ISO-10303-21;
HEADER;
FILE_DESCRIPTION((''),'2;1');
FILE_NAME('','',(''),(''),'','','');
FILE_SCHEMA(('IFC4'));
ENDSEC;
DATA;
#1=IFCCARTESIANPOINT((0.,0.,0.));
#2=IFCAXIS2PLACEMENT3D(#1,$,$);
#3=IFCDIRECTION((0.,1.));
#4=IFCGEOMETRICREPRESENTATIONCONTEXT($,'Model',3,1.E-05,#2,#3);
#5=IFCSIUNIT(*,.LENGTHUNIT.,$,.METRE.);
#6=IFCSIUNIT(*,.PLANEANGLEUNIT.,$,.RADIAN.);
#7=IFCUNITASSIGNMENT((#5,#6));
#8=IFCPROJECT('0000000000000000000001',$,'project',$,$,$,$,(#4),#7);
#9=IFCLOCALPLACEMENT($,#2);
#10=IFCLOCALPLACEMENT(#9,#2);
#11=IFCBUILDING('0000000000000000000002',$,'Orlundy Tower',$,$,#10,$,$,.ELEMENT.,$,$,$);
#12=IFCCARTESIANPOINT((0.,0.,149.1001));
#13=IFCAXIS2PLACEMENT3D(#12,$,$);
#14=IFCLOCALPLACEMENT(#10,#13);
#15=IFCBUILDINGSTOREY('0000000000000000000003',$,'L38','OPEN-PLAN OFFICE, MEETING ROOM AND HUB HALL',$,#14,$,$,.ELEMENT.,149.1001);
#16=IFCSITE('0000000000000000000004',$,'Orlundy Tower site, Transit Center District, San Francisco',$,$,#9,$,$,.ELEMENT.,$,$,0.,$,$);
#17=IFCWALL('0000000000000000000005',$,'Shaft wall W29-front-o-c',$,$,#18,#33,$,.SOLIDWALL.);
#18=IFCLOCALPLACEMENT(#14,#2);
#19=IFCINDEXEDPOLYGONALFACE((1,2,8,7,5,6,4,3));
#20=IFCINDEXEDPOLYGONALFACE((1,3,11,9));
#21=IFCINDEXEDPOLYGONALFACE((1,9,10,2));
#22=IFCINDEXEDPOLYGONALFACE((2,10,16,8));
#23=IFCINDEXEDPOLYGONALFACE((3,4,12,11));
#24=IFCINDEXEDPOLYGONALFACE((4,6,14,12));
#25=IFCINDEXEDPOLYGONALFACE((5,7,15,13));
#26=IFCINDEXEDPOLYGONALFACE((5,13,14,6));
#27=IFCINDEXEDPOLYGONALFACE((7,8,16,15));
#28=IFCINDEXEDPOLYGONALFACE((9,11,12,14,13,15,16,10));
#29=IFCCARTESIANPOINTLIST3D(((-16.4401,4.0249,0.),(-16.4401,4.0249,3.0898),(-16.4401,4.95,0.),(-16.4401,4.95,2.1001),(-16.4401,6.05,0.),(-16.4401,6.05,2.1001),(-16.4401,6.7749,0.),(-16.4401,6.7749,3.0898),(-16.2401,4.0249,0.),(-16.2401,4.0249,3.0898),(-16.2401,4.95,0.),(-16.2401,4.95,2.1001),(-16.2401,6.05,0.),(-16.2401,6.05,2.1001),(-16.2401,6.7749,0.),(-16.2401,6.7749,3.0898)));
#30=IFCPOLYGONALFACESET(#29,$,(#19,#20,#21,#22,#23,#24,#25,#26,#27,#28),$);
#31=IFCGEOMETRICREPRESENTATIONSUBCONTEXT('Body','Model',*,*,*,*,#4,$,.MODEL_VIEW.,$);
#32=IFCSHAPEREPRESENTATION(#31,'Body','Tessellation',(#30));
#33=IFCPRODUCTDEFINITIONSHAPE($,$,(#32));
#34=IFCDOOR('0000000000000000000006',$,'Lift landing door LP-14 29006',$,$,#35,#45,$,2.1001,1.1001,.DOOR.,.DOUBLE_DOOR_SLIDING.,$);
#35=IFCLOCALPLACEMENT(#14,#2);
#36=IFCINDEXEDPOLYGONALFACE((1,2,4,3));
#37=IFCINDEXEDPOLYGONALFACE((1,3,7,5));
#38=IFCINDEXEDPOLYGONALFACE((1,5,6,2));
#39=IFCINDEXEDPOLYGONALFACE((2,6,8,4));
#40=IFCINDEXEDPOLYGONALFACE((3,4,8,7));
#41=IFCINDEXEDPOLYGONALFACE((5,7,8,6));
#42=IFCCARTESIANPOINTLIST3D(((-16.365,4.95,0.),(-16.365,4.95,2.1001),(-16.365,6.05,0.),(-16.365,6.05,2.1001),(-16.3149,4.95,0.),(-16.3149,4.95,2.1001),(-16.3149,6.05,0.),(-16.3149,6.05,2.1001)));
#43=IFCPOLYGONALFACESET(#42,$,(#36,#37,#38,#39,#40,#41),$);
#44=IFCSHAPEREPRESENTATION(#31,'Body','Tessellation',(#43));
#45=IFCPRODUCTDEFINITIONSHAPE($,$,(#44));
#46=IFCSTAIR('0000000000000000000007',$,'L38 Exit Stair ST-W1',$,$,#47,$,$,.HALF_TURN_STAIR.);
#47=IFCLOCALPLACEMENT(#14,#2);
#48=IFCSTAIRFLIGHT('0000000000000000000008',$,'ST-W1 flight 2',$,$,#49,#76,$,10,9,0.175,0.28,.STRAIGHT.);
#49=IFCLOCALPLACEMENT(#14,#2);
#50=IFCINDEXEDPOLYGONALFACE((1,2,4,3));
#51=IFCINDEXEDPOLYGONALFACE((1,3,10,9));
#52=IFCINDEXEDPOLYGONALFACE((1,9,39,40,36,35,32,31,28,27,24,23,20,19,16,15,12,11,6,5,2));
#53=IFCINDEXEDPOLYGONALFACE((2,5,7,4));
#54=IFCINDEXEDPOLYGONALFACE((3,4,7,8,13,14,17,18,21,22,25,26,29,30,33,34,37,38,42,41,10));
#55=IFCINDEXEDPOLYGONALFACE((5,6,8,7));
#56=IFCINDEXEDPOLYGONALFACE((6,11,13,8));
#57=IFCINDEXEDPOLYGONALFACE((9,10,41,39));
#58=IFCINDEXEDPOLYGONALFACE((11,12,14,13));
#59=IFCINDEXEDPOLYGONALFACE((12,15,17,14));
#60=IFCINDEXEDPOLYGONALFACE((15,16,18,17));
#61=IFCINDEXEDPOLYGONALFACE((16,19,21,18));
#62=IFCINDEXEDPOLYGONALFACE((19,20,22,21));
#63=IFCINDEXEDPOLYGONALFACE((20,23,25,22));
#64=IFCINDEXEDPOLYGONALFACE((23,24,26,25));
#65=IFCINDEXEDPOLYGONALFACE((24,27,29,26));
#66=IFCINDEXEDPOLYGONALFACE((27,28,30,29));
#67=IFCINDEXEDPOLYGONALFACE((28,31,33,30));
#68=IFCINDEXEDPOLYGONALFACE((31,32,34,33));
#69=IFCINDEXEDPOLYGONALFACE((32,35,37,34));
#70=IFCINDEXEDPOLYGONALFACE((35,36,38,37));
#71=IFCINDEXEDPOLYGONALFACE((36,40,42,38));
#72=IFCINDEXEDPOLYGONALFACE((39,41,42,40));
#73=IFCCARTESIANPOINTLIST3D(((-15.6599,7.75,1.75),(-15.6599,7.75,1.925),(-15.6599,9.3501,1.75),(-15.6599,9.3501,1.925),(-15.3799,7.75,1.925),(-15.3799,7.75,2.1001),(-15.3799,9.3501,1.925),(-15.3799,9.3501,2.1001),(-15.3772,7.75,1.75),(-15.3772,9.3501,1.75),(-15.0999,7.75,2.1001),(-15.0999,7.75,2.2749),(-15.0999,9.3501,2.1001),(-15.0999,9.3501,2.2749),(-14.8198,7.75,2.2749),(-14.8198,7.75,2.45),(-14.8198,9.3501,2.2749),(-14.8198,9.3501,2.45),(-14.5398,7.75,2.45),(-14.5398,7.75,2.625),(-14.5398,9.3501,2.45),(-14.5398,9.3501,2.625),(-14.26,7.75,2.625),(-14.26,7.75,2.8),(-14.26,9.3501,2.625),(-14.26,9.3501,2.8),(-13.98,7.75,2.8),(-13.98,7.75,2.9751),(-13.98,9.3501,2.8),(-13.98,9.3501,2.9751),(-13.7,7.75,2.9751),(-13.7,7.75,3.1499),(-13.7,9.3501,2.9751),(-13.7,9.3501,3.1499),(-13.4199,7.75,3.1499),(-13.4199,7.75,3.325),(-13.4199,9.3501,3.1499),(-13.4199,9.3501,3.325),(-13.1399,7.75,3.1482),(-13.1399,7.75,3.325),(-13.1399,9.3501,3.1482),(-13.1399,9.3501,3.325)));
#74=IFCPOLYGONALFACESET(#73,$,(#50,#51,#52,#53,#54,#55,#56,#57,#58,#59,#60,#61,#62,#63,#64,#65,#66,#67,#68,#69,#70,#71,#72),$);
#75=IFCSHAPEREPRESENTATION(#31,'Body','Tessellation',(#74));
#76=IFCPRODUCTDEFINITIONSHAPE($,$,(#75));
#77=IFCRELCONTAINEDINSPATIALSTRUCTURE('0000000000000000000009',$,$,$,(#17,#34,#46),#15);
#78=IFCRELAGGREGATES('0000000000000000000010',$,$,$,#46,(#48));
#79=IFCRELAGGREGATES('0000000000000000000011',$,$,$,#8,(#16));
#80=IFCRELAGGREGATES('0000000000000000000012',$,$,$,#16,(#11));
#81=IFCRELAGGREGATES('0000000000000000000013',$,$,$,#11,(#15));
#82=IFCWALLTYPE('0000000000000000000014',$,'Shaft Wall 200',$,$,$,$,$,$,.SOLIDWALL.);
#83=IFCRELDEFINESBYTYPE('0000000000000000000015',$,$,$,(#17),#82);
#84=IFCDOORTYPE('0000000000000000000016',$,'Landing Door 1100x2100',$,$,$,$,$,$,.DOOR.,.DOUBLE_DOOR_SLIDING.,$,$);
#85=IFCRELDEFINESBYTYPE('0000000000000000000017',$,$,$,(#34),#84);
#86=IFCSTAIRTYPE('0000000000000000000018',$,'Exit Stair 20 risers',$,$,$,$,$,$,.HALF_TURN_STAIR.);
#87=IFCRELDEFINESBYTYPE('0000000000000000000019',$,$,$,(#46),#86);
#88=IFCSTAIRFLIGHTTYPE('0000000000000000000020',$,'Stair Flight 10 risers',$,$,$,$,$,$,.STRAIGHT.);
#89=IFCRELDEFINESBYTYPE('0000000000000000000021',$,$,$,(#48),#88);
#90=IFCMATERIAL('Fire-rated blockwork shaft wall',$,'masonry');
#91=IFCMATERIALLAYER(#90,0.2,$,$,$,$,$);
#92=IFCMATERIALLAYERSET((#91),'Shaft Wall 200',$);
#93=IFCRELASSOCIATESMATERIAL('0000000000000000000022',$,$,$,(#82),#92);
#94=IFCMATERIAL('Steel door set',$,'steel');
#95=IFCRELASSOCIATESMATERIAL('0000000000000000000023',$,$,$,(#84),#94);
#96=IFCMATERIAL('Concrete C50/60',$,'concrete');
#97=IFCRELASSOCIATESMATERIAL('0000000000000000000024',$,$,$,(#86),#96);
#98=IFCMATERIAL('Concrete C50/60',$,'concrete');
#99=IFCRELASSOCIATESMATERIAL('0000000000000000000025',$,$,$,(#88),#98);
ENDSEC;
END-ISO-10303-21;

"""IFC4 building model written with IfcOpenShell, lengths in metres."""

from ifc_helpers import new_model, si_unit, direction, frame, frame_2d, origin, place, context, subcontext, project, spatial, polyline, rectangle, outline, extrude, material, layer, layer_set, type_object, element, fill, aggregate, save


model = new_model("IFC4")

# Units and contexts
model_context = context("Model", 3, precision=1e-05, world=origin(), true_north=direction((0.0, 1.0)))
body_context = subcontext(model_context, "Body", "Model", "MODEL_VIEW")
ifc_project = project(units=[si_unit("LENGTHUNIT", "METRE"), si_unit("PLANEANGLEUNIT", "RADIAN")], contexts=[model_context])

# Site, building, storey
site_placement = place(None, origin())
site = spatial("IfcSite", under=ifc_project, at=site_placement, Name="Orlundy Tower site, Transit Center District, San Francisco", CompositionType="ELEMENT", RefElevation=0.0)
building_placement = place(site_placement, origin())
building = spatial("IfcBuilding", under=site, at=building_placement, Name="Orlundy Tower", CompositionType="ELEMENT")
storey_placement = place(building_placement, frame((0.0, 0.0, 149.1001)))
storey = spatial("IfcBuildingStorey", under=building, at=storey_placement, Name="L38", Description="OPEN-PLAN OFFICE, MEETING ROOM AND HUB HALL", CompositionType="ELEMENT", Elevation=149.1001)

# Wall, opening, door
ifc_material_1 = material(Name="Fire-rated blockwork shaft wall", Category="masonry")
ifc_layer_1 = layer(ifc_material_1, 0.2)
ifc_layer_set_1 = layer_set([ifc_layer_1], Name="Shaft Wall 200")
wall_type_1 = type_object("IfcWallType", Name="Shaft Wall 200", PredefinedType="SOLIDWALL", material=ifc_layer_set_1)
wall_1_placement = place(storey_placement, frame((-16.3401, 4.0249, 0.0), z_axis=(0.0, 0.0, 1.0), x_axis=(0.0, 1.0, 0.0)))
wall_1 = element("IfcWall", 1, at=wall_1_placement, inside=storey, type_object=wall_type_1, Name="Shaft wall W29-front-o-c", PredefinedType="SOLIDWALL", context=body_context, shape_type="SweptSolid", body=[
    extrude(rectangle(XDim=2.75, YDim=0.2, at=frame_2d((1.375, 0.0))), origin(), (0.0, 0.0, 1.0), 3.0898),
])
opening_1_placement = place(wall_1_placement, frame((0.925, 0.0, 0.0)))
opening_1 = element("IfcOpeningElement", 2, at=opening_1_placement, cuts=wall_1, PredefinedType="OPENING", context=body_context, shape_type="SweptSolid", body=[
    extrude(rectangle(XDim=1.1001, YDim=2.1001, at=frame_2d((0.55, 1.05))), frame((0.0, 0.1101, 0.0), z_axis=(0.0, -1.0, 0.0), x_axis=(1.0, 0.0, 0.0)), (0.0, 0.0, 1.0), 0.2202),
])
ifc_material_2 = material(Name="Steel door set", Category="steel")
door_type_1 = type_object("IfcDoorType", Name="Landing Door 1100x2100", OperationType="DOUBLE_DOOR_SLIDING", PredefinedType="DOOR", material=ifc_material_2)
door_1_placement = place(opening_1_placement, origin())
door_1 = element("IfcDoor", 3, at=door_1_placement, inside=storey, type_object=door_type_1, Name="Lift landing door LP-14 29006", OperationType="DOUBLE_DOOR_SLIDING", OverallHeight=2.1001, OverallWidth=1.1001, PredefinedType="DOOR", context=body_context, shape_type="SweptSolid", body=[
    extrude(rectangle(XDim=1.1001, YDim=2.1001, at=frame_2d((0.55, 1.05))), frame((0.0, 0.0249, 0.0), z_axis=(0.0, -1.0, 0.0), x_axis=(1.0, 0.0, 0.0)), (0.0, 0.0, 1.0), 0.05),
])
fill(opening_1, door_1)

# Stair, stair flight
ifc_material_3 = material(Name="Concrete C50/60", Category="concrete")
stair_type = type_object("IfcStairType", Name="Exit Stair 20 risers", PredefinedType="HALF_TURN_STAIR", material=ifc_material_3)
stair_placement = place(storey_placement, origin())
stair = element("IfcStair", 4, at=stair_placement, inside=storey, type_object=stair_type, Name="L38 Exit Stair ST-W1", PredefinedType="HALF_TURN_STAIR")
ifc_material_4 = material(Name="Concrete C50/60", Category="concrete")
stair_flight_type = type_object("IfcStairFlightType", Name="Stair Flight 10 risers", PredefinedType="STRAIGHT", material=ifc_material_4)
stair_flight_placement = place(storey_placement, frame((-15.6599, 8.55, 1.75), z_axis=(0.0, 0.0, 1.0), x_axis=(1.0, 0.0, 0.0)))
stair_flight = element("IfcStairFlight", 5, at=stair_flight_placement, type_object=stair_flight_type, Name="ST-W1 flight 2", NumberOfRisers=10, NumberOfTreads=9, PredefinedType="STRAIGHT", RiserHeight=0.175, TreadLength=0.28, context=body_context, shape_type="SweptSolid", body=[
    extrude(outline(polyline([(0.0, 0.0), (0.0, 0.175), (0.28, 0.175), (0.28, 0.3501), (0.5601, 0.3501), (0.5601, 0.5249), (0.8401, 0.5249), (0.8401, 0.7), (1.1201, 0.7), (1.1201, 0.875), (1.3999, 0.875), (1.3999, 1.05), (1.6799, 1.05), (1.6799, 1.2251), (1.96, 1.2251), (1.96, 1.3999), (2.24, 1.3999), (2.24, 1.575), (2.52, 1.575), (2.52, 1.75), (2.52, 1.3982), (0.2827, 0.0), (0.0, 0.0)])), frame((0.0, 0.8, 0.0), z_axis=(0.0, -1.0, 0.0), x_axis=(1.0, 0.0, 0.0)), (0.0, 0.0, 1.0), 1.6001),
])
aggregate(stair, [stair_flight])

save(model, "model.ifc")
